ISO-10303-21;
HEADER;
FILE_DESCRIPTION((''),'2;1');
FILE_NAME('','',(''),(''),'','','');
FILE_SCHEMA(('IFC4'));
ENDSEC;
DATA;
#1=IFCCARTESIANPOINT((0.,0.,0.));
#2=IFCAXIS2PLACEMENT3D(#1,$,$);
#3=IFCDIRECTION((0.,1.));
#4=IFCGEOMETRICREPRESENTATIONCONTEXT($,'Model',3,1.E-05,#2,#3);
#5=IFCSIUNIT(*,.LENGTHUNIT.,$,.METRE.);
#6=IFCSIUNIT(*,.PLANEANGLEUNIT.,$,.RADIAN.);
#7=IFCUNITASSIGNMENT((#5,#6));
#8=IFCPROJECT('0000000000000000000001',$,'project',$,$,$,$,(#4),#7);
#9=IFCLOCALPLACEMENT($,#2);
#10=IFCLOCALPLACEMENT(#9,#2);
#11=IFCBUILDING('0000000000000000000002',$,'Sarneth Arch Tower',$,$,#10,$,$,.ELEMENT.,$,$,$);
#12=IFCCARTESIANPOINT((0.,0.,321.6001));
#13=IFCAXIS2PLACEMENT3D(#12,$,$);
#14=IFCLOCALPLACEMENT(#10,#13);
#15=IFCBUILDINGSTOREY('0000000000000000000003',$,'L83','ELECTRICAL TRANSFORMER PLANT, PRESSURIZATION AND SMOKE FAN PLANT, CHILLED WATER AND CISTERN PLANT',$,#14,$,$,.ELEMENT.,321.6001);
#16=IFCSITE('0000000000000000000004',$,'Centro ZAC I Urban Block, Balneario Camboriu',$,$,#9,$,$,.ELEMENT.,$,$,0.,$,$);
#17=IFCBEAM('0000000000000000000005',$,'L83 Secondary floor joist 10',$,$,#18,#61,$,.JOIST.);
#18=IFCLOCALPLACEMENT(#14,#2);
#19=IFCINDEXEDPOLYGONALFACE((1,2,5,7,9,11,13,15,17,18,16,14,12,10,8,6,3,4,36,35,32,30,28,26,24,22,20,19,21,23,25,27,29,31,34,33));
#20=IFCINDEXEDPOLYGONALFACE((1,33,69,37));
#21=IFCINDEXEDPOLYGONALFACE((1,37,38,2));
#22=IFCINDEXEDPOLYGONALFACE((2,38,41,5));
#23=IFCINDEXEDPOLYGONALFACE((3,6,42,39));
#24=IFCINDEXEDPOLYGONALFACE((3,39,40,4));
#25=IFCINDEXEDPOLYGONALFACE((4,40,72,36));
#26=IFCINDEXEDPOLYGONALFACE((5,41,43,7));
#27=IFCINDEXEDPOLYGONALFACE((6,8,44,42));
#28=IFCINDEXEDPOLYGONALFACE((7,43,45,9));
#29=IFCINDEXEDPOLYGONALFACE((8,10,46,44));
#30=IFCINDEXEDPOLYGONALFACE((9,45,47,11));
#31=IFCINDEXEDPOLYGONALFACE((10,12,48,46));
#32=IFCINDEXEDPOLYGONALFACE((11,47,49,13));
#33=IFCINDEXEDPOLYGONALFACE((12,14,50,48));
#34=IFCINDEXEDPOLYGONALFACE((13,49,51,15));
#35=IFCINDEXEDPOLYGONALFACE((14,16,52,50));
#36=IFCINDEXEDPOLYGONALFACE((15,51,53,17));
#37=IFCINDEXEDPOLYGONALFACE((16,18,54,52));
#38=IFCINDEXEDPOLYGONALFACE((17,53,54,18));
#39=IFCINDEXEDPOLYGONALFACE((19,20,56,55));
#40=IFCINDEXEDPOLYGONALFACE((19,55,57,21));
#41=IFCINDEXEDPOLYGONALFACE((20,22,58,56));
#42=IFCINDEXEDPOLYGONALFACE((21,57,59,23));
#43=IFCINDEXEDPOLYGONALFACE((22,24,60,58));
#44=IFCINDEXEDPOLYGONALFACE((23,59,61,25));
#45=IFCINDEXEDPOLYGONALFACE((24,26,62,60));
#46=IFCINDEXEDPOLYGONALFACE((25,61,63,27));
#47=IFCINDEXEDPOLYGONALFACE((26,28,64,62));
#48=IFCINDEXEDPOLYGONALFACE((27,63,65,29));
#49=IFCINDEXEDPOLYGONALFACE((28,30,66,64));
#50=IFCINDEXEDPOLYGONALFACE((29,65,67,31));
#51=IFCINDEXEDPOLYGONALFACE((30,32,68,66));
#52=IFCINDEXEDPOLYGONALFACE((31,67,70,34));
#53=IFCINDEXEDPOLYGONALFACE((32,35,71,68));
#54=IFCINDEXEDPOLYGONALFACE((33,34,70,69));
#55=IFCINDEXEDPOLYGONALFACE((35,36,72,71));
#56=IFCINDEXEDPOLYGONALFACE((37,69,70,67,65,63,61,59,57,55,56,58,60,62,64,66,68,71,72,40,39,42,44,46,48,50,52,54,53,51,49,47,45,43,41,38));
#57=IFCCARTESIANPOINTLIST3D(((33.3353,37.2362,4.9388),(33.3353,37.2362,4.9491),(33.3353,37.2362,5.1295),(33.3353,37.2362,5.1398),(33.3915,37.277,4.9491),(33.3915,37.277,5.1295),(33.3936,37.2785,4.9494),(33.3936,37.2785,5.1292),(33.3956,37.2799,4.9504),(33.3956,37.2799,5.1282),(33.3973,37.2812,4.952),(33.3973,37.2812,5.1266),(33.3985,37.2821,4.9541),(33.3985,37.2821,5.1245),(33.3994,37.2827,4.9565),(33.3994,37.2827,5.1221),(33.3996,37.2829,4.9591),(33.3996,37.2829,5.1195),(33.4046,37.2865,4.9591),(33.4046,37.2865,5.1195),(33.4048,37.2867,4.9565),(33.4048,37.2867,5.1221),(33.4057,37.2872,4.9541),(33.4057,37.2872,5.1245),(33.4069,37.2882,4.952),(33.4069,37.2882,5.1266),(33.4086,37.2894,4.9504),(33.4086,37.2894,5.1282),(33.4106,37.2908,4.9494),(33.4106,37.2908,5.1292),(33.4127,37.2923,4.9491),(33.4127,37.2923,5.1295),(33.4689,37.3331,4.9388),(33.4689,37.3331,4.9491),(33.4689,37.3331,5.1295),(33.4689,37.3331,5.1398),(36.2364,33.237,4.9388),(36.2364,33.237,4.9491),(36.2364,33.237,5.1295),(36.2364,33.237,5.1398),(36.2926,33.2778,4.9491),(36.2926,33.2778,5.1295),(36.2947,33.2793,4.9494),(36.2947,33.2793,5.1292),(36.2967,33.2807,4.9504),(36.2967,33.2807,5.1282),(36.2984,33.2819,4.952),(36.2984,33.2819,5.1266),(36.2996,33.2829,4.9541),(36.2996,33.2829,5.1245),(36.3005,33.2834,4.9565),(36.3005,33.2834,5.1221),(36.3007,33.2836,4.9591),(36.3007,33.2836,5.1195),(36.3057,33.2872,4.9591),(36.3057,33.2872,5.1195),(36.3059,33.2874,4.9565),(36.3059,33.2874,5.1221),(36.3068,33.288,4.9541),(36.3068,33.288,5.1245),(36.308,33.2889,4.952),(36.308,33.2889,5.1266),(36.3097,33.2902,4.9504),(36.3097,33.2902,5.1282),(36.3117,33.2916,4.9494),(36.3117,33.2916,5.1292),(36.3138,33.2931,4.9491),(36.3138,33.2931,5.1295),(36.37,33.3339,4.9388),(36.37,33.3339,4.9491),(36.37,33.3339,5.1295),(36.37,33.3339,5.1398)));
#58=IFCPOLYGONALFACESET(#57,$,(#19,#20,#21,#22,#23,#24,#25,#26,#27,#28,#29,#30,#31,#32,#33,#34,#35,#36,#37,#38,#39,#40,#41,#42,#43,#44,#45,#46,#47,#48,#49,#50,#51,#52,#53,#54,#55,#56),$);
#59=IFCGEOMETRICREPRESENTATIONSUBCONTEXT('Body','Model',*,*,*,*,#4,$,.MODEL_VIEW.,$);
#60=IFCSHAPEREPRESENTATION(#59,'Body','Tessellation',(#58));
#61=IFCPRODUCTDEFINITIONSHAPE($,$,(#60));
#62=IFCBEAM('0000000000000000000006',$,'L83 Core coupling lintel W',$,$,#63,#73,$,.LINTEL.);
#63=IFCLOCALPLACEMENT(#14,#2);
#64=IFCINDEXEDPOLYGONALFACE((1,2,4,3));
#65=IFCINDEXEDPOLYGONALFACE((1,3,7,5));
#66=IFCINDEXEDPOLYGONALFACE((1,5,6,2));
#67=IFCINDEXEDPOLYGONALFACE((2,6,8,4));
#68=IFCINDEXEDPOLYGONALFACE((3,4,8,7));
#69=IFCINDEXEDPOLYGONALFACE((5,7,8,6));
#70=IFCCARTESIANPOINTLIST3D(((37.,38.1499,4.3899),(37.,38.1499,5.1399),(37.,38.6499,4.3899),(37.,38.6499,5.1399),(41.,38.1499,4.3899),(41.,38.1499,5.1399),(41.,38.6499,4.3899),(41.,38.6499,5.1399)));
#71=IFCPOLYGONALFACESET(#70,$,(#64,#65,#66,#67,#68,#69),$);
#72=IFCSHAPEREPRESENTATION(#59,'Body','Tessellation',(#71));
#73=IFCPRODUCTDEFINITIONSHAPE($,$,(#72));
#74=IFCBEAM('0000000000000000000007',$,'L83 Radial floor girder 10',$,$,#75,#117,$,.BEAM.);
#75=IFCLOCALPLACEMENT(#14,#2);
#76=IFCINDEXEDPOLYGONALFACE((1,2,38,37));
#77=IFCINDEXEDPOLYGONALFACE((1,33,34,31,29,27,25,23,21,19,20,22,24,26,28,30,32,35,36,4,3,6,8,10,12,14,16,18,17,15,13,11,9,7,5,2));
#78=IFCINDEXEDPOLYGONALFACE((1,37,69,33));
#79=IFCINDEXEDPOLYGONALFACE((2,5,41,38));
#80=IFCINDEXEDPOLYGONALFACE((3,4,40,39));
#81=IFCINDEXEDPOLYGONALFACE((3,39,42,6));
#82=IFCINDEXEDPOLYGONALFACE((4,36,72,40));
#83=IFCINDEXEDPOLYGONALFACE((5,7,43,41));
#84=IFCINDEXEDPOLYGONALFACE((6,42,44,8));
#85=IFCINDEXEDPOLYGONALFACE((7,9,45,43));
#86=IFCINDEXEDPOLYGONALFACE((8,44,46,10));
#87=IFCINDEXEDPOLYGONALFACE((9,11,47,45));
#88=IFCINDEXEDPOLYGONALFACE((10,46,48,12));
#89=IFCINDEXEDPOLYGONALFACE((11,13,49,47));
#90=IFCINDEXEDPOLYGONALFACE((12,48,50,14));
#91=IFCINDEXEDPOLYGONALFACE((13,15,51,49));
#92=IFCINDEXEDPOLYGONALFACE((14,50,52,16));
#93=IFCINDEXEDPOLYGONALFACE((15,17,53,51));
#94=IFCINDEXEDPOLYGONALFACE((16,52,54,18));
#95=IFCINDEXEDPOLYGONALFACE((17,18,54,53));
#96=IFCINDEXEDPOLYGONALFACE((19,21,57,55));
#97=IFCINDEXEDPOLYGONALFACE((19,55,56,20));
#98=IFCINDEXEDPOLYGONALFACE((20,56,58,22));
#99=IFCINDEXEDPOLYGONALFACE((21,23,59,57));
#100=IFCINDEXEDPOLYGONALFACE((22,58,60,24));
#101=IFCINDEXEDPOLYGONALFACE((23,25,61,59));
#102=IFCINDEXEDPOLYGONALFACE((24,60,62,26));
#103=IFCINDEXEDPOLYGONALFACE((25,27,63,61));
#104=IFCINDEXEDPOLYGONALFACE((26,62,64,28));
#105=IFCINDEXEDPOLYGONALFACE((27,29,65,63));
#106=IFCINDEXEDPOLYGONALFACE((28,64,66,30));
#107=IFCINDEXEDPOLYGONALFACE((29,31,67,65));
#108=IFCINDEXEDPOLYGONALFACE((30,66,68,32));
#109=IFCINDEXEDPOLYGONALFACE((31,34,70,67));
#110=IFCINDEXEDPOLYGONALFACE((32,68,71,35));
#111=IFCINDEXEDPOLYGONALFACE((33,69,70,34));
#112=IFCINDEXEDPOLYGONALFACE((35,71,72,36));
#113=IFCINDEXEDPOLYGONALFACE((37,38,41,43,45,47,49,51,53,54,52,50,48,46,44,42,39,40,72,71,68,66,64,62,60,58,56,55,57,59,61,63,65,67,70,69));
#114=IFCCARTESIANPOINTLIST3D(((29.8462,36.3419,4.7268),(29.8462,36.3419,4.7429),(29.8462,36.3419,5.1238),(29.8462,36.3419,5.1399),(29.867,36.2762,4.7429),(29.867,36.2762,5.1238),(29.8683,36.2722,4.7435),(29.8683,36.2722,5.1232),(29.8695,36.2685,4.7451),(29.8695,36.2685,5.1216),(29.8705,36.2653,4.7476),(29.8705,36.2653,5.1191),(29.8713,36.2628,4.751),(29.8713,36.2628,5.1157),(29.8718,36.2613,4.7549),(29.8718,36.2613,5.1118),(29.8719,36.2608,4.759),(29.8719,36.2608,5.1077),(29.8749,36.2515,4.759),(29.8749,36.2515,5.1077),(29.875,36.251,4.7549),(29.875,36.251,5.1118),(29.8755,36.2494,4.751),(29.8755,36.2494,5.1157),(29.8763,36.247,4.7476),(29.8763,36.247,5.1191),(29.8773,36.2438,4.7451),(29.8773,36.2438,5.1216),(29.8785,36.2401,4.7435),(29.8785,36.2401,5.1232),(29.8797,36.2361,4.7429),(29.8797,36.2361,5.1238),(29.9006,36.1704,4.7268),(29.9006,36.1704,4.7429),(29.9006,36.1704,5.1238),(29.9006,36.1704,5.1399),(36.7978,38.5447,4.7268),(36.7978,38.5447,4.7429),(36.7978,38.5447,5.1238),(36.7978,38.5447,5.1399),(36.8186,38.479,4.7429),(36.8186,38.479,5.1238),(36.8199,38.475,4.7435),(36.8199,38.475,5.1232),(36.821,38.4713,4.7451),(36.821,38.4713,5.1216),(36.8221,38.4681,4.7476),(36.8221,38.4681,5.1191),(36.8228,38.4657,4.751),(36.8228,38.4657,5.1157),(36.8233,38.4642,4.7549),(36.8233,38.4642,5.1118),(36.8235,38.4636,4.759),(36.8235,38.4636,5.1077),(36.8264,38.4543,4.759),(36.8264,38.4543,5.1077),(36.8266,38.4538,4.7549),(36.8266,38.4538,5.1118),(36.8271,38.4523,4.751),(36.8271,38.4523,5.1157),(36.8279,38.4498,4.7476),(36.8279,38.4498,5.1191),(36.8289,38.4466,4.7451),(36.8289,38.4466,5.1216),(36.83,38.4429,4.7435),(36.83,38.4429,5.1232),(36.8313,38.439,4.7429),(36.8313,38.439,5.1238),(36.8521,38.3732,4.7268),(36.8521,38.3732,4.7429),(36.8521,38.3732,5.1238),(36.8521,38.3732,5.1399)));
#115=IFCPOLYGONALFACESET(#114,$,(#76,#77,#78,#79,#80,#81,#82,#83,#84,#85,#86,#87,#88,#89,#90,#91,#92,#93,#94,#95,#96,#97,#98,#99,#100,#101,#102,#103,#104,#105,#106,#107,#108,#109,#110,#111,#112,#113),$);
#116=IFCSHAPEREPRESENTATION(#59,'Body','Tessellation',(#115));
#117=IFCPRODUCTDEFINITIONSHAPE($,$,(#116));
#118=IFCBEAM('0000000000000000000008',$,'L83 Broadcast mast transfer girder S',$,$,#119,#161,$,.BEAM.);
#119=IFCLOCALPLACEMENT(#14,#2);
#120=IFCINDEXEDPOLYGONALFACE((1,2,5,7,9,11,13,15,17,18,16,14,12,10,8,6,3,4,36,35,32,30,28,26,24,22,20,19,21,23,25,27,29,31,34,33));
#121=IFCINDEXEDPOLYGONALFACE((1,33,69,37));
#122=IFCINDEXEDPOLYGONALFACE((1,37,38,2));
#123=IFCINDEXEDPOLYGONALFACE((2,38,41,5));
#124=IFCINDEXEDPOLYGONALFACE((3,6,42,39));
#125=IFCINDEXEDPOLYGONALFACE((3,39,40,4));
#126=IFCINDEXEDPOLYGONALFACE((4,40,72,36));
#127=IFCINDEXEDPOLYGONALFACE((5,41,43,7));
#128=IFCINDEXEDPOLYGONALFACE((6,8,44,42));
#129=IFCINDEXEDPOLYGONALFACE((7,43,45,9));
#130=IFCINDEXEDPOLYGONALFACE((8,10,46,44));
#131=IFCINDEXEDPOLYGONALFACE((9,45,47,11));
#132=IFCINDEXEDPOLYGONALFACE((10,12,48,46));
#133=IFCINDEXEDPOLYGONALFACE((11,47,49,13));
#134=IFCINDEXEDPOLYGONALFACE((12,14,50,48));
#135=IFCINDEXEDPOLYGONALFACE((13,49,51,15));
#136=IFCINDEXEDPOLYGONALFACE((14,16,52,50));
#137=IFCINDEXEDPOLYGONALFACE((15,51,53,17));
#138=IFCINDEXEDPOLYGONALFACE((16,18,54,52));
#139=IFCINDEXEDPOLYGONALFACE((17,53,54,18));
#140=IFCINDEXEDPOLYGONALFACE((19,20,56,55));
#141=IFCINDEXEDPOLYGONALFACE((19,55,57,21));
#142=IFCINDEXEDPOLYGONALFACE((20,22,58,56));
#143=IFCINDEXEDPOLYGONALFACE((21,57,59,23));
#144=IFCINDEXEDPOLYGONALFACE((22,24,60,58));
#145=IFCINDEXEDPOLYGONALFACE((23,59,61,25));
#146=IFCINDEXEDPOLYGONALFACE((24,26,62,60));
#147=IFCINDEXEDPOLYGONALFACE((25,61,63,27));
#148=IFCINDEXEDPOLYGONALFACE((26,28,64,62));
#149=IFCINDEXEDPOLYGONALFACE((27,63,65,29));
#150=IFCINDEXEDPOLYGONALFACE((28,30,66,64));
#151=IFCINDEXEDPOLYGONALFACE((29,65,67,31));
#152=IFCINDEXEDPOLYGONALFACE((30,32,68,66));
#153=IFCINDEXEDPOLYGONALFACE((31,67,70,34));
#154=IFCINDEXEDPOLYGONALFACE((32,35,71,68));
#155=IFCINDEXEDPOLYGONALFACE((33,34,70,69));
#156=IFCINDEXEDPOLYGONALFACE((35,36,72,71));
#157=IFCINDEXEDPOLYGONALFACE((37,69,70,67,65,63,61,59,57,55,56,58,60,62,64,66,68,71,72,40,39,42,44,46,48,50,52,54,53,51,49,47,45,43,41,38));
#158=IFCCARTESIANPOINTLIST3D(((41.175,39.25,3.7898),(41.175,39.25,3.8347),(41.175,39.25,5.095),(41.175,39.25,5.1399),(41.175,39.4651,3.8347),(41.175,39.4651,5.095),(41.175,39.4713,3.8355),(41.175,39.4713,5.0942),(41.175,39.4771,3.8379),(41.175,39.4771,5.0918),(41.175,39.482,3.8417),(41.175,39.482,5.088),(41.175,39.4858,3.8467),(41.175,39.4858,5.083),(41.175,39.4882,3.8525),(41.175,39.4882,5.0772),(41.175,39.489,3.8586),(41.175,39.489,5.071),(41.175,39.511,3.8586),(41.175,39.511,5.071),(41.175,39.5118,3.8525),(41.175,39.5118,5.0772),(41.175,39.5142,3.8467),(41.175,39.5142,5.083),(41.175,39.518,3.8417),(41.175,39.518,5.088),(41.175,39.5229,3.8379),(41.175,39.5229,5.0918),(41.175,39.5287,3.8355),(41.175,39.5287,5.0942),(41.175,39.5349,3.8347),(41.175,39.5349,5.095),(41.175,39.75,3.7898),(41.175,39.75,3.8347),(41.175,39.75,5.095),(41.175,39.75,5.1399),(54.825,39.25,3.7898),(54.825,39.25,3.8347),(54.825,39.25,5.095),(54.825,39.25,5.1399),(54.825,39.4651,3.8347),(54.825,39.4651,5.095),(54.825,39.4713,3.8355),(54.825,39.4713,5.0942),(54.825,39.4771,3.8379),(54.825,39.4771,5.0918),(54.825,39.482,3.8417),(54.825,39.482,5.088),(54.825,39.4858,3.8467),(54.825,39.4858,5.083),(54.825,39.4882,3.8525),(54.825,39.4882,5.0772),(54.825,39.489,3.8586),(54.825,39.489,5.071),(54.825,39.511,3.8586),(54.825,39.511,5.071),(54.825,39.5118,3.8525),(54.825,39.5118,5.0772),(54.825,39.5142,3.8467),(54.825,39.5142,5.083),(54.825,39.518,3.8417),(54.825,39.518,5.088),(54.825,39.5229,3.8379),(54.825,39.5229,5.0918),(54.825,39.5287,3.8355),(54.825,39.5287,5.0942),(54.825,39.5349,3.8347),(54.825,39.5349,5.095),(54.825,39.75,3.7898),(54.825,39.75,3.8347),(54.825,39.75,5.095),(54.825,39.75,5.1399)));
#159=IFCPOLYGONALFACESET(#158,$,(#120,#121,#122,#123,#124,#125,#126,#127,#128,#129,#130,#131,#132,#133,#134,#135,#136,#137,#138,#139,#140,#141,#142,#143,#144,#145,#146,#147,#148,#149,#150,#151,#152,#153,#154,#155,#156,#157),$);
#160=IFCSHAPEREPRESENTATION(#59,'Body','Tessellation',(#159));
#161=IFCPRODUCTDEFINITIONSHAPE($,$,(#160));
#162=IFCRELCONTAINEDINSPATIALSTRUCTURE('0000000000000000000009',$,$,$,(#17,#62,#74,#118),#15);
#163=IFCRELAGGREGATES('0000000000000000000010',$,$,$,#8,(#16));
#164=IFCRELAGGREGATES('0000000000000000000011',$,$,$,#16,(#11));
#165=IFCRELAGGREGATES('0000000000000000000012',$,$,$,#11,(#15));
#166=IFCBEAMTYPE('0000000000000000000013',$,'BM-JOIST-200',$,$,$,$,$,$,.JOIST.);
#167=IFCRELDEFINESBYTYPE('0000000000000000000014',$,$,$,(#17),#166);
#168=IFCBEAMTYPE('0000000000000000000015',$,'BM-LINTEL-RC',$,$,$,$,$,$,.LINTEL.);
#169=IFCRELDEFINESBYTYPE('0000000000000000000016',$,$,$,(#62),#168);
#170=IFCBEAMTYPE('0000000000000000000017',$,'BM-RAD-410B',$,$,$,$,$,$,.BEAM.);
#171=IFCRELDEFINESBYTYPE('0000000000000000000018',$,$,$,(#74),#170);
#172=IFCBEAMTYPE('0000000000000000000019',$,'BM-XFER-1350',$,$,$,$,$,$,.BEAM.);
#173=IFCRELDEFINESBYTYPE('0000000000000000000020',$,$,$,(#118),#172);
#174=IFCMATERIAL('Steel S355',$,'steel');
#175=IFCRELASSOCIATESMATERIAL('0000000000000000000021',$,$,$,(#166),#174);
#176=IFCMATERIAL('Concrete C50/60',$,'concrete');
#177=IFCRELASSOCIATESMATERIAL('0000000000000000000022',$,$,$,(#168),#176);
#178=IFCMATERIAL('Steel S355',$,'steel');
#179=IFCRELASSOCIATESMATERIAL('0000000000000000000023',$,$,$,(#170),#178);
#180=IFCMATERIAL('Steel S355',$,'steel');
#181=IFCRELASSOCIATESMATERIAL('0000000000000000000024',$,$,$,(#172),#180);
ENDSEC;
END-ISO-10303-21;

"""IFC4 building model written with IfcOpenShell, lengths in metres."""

from ifc_helpers import new_model, si_unit, direction, frame, origin, origin_2d, place, context, subcontext, project, spatial, rectangle, i_section, extrude, material, material_profile, profile_set, type_object, element, save


model = new_model("IFC4")

# Units and contexts
model_context = context("Model", 3, precision=1e-05, world=origin(), true_north=direction((0.0, 1.0)))
body_context = subcontext(model_context, "Body", "Model", "MODEL_VIEW")
ifc_project = project(units=[si_unit("LENGTHUNIT", "METRE"), si_unit("PLANEANGLEUNIT", "RADIAN")], contexts=[model_context])

# Site, building, storey
site_placement = place(None, origin())
site = spatial("IfcSite", under=ifc_project, at=site_placement, Name="Centro ZAC I Urban Block, Balneario Camboriu", CompositionType="ELEMENT", RefElevation=0.0)
building_placement = place(site_placement, origin())
building = spatial("IfcBuilding", under=site, at=building_placement, Name="Sarneth Arch Tower", CompositionType="ELEMENT")
storey_placement = place(building_placement, frame((0.0, 0.0, 321.6001)))
storey = spatial("IfcBuildingStorey", under=building, at=storey_placement, Name="L83", Description="ELECTRICAL TRANSFORMER PLANT, PRESSURIZATION AND SMOKE FAN PLANT, CHILLED WATER AND CISTERN PLANT", CompositionType="ELEMENT", Elevation=321.6001)

# Beams
ifc_material_1 = material(Name="Steel S355", Category="steel")
ifc_material_profile_1 = material_profile(ifc_material_1, i_section(OverallWidth=0.165, OverallDepth=0.2009, WebThickness=0.0061, FlangeThickness=0.0103, FilletRadius=0.01, at=origin_2d()), Name="W200x35.9")
ifc_profile_set_1 = profile_set([ifc_material_profile_1], Name="Steel S355")
beam_type_1 = type_object("IfcBeamType", Name="BM-JOIST-200", PredefinedType="JOIST", material=ifc_profile_set_1)
beam_1_placement = place(storey_placement, frame((33.4021, 37.2847, 5.0393), z_axis=(0.587187, -0.809451, 0.0), x_axis=(0.809451, 0.587187, 0.0)))
element("IfcBeam", 1, at=beam_1_placement, inside=storey, type_object=beam_type_1, Name="L83 Secondary floor joist 10", PredefinedType="JOIST", context=body_context, shape_type="SweptSolid", body=[
    extrude(i_section(OverallWidth=0.165, OverallDepth=0.2009, WebThickness=0.0061, FlangeThickness=0.0103, FilletRadius=0.01, at=origin_2d()), origin(), (0.0, 0.0, 1.0), 4.9407),
])
ifc_material_2 = material(Name="Concrete C50/60", Category="concrete")
ifc_material_profile_2 = material_profile(ifc_material_2, rectangle(XDim=0.5, YDim=0.75, at=origin_2d()), Name="RC-500x750")
ifc_profile_set_2 = profile_set([ifc_material_profile_2], Name="Concrete C50/60")
beam_type_2 = type_object("IfcBeamType", Name="BM-LINTEL-RC", PredefinedType="LINTEL", material=ifc_profile_set_2)
beam_2_placement = place(storey_placement, frame((37.0, 38.3999, 4.7649), z_axis=(1.0, 0.0, 0.0), x_axis=(0.0, 1.0, 0.0)))
element("IfcBeam", 2, at=beam_2_placement, inside=storey, type_object=beam_type_2, Name="L83 Core coupling lintel W", PredefinedType="LINTEL", context=body_context, shape_type="SweptSolid", body=[
    extrude(rectangle(XDim=0.5, YDim=0.75, at=origin_2d()), origin(), (0.0, 0.0, 1.0), 4.0),
])
ifc_material_3 = material(Name="Steel S355", Category="steel")
ifc_material_profile_3 = material_profile(ifc_material_3, i_section(OverallWidth=0.1799, OverallDepth=0.4131, WebThickness=0.0098, FlangeThickness=0.0161, FilletRadius=0.0161, at=origin_2d()), Name="W410x75")
ifc_profile_set_3 = profile_set([ifc_material_profile_3], Name="Steel S355")
beam_type_3 = type_object("IfcBeamType", Name="BM-RAD-410B", PredefinedType="BEAM", material=ifc_profile_set_3)
beam_3_placement = place(storey_placement, frame((36.825, 38.459, 4.9333), z_axis=(-0.953282, -0.302081, 0.0), x_axis=(0.302081, -0.953282, 0.0)))
element("IfcBeam", 3, at=beam_3_placement, inside=storey, type_object=beam_type_3, Name="L83 Radial floor girder 10", PredefinedType="BEAM", context=body_context, shape_type="SweptSolid", body=[
    extrude(i_section(OverallWidth=0.1799, OverallDepth=0.4131, WebThickness=0.0098, FlangeThickness=0.0161, FilletRadius=0.0161, at=origin_2d()), origin(), (0.0, 0.0, 1.0), 7.2922),
])
ifc_material_4 = material(Name="Steel S355", Category="steel")
ifc_material_profile_4 = material_profile(ifc_material_4, i_section(OverallWidth=0.5, OverallDepth=1.3501, WebThickness=0.022, FlangeThickness=0.0449, FilletRadius=0.0239, at=origin_2d()), Name="CVS1350x595")
ifc_profile_set_4 = profile_set([ifc_material_profile_4], Name="Steel S355")
beam_type_4 = type_object("IfcBeamType", Name="BM-XFER-1350", PredefinedType="BEAM", material=ifc_profile_set_4)
beam_4_placement = place(storey_placement, frame((41.175, 39.5, 4.4648), z_axis=(1.0, 0.0, 0.0), x_axis=(0.0, 1.0, 0.0)))
element("IfcBeam", 4, at=beam_4_placement, inside=storey, type_object=beam_type_4, Name="L83 Broadcast mast transfer girder S", PredefinedType="BEAM", context=body_context, shape_type="SweptSolid", body=[
    extrude(i_section(OverallWidth=0.5, OverallDepth=1.3501, WebThickness=0.022, FlangeThickness=0.0449, FilletRadius=0.0239, at=origin_2d()), origin(), (0.0, 0.0, 1.0), 13.6499),
])

save(model, "model.ifc")
